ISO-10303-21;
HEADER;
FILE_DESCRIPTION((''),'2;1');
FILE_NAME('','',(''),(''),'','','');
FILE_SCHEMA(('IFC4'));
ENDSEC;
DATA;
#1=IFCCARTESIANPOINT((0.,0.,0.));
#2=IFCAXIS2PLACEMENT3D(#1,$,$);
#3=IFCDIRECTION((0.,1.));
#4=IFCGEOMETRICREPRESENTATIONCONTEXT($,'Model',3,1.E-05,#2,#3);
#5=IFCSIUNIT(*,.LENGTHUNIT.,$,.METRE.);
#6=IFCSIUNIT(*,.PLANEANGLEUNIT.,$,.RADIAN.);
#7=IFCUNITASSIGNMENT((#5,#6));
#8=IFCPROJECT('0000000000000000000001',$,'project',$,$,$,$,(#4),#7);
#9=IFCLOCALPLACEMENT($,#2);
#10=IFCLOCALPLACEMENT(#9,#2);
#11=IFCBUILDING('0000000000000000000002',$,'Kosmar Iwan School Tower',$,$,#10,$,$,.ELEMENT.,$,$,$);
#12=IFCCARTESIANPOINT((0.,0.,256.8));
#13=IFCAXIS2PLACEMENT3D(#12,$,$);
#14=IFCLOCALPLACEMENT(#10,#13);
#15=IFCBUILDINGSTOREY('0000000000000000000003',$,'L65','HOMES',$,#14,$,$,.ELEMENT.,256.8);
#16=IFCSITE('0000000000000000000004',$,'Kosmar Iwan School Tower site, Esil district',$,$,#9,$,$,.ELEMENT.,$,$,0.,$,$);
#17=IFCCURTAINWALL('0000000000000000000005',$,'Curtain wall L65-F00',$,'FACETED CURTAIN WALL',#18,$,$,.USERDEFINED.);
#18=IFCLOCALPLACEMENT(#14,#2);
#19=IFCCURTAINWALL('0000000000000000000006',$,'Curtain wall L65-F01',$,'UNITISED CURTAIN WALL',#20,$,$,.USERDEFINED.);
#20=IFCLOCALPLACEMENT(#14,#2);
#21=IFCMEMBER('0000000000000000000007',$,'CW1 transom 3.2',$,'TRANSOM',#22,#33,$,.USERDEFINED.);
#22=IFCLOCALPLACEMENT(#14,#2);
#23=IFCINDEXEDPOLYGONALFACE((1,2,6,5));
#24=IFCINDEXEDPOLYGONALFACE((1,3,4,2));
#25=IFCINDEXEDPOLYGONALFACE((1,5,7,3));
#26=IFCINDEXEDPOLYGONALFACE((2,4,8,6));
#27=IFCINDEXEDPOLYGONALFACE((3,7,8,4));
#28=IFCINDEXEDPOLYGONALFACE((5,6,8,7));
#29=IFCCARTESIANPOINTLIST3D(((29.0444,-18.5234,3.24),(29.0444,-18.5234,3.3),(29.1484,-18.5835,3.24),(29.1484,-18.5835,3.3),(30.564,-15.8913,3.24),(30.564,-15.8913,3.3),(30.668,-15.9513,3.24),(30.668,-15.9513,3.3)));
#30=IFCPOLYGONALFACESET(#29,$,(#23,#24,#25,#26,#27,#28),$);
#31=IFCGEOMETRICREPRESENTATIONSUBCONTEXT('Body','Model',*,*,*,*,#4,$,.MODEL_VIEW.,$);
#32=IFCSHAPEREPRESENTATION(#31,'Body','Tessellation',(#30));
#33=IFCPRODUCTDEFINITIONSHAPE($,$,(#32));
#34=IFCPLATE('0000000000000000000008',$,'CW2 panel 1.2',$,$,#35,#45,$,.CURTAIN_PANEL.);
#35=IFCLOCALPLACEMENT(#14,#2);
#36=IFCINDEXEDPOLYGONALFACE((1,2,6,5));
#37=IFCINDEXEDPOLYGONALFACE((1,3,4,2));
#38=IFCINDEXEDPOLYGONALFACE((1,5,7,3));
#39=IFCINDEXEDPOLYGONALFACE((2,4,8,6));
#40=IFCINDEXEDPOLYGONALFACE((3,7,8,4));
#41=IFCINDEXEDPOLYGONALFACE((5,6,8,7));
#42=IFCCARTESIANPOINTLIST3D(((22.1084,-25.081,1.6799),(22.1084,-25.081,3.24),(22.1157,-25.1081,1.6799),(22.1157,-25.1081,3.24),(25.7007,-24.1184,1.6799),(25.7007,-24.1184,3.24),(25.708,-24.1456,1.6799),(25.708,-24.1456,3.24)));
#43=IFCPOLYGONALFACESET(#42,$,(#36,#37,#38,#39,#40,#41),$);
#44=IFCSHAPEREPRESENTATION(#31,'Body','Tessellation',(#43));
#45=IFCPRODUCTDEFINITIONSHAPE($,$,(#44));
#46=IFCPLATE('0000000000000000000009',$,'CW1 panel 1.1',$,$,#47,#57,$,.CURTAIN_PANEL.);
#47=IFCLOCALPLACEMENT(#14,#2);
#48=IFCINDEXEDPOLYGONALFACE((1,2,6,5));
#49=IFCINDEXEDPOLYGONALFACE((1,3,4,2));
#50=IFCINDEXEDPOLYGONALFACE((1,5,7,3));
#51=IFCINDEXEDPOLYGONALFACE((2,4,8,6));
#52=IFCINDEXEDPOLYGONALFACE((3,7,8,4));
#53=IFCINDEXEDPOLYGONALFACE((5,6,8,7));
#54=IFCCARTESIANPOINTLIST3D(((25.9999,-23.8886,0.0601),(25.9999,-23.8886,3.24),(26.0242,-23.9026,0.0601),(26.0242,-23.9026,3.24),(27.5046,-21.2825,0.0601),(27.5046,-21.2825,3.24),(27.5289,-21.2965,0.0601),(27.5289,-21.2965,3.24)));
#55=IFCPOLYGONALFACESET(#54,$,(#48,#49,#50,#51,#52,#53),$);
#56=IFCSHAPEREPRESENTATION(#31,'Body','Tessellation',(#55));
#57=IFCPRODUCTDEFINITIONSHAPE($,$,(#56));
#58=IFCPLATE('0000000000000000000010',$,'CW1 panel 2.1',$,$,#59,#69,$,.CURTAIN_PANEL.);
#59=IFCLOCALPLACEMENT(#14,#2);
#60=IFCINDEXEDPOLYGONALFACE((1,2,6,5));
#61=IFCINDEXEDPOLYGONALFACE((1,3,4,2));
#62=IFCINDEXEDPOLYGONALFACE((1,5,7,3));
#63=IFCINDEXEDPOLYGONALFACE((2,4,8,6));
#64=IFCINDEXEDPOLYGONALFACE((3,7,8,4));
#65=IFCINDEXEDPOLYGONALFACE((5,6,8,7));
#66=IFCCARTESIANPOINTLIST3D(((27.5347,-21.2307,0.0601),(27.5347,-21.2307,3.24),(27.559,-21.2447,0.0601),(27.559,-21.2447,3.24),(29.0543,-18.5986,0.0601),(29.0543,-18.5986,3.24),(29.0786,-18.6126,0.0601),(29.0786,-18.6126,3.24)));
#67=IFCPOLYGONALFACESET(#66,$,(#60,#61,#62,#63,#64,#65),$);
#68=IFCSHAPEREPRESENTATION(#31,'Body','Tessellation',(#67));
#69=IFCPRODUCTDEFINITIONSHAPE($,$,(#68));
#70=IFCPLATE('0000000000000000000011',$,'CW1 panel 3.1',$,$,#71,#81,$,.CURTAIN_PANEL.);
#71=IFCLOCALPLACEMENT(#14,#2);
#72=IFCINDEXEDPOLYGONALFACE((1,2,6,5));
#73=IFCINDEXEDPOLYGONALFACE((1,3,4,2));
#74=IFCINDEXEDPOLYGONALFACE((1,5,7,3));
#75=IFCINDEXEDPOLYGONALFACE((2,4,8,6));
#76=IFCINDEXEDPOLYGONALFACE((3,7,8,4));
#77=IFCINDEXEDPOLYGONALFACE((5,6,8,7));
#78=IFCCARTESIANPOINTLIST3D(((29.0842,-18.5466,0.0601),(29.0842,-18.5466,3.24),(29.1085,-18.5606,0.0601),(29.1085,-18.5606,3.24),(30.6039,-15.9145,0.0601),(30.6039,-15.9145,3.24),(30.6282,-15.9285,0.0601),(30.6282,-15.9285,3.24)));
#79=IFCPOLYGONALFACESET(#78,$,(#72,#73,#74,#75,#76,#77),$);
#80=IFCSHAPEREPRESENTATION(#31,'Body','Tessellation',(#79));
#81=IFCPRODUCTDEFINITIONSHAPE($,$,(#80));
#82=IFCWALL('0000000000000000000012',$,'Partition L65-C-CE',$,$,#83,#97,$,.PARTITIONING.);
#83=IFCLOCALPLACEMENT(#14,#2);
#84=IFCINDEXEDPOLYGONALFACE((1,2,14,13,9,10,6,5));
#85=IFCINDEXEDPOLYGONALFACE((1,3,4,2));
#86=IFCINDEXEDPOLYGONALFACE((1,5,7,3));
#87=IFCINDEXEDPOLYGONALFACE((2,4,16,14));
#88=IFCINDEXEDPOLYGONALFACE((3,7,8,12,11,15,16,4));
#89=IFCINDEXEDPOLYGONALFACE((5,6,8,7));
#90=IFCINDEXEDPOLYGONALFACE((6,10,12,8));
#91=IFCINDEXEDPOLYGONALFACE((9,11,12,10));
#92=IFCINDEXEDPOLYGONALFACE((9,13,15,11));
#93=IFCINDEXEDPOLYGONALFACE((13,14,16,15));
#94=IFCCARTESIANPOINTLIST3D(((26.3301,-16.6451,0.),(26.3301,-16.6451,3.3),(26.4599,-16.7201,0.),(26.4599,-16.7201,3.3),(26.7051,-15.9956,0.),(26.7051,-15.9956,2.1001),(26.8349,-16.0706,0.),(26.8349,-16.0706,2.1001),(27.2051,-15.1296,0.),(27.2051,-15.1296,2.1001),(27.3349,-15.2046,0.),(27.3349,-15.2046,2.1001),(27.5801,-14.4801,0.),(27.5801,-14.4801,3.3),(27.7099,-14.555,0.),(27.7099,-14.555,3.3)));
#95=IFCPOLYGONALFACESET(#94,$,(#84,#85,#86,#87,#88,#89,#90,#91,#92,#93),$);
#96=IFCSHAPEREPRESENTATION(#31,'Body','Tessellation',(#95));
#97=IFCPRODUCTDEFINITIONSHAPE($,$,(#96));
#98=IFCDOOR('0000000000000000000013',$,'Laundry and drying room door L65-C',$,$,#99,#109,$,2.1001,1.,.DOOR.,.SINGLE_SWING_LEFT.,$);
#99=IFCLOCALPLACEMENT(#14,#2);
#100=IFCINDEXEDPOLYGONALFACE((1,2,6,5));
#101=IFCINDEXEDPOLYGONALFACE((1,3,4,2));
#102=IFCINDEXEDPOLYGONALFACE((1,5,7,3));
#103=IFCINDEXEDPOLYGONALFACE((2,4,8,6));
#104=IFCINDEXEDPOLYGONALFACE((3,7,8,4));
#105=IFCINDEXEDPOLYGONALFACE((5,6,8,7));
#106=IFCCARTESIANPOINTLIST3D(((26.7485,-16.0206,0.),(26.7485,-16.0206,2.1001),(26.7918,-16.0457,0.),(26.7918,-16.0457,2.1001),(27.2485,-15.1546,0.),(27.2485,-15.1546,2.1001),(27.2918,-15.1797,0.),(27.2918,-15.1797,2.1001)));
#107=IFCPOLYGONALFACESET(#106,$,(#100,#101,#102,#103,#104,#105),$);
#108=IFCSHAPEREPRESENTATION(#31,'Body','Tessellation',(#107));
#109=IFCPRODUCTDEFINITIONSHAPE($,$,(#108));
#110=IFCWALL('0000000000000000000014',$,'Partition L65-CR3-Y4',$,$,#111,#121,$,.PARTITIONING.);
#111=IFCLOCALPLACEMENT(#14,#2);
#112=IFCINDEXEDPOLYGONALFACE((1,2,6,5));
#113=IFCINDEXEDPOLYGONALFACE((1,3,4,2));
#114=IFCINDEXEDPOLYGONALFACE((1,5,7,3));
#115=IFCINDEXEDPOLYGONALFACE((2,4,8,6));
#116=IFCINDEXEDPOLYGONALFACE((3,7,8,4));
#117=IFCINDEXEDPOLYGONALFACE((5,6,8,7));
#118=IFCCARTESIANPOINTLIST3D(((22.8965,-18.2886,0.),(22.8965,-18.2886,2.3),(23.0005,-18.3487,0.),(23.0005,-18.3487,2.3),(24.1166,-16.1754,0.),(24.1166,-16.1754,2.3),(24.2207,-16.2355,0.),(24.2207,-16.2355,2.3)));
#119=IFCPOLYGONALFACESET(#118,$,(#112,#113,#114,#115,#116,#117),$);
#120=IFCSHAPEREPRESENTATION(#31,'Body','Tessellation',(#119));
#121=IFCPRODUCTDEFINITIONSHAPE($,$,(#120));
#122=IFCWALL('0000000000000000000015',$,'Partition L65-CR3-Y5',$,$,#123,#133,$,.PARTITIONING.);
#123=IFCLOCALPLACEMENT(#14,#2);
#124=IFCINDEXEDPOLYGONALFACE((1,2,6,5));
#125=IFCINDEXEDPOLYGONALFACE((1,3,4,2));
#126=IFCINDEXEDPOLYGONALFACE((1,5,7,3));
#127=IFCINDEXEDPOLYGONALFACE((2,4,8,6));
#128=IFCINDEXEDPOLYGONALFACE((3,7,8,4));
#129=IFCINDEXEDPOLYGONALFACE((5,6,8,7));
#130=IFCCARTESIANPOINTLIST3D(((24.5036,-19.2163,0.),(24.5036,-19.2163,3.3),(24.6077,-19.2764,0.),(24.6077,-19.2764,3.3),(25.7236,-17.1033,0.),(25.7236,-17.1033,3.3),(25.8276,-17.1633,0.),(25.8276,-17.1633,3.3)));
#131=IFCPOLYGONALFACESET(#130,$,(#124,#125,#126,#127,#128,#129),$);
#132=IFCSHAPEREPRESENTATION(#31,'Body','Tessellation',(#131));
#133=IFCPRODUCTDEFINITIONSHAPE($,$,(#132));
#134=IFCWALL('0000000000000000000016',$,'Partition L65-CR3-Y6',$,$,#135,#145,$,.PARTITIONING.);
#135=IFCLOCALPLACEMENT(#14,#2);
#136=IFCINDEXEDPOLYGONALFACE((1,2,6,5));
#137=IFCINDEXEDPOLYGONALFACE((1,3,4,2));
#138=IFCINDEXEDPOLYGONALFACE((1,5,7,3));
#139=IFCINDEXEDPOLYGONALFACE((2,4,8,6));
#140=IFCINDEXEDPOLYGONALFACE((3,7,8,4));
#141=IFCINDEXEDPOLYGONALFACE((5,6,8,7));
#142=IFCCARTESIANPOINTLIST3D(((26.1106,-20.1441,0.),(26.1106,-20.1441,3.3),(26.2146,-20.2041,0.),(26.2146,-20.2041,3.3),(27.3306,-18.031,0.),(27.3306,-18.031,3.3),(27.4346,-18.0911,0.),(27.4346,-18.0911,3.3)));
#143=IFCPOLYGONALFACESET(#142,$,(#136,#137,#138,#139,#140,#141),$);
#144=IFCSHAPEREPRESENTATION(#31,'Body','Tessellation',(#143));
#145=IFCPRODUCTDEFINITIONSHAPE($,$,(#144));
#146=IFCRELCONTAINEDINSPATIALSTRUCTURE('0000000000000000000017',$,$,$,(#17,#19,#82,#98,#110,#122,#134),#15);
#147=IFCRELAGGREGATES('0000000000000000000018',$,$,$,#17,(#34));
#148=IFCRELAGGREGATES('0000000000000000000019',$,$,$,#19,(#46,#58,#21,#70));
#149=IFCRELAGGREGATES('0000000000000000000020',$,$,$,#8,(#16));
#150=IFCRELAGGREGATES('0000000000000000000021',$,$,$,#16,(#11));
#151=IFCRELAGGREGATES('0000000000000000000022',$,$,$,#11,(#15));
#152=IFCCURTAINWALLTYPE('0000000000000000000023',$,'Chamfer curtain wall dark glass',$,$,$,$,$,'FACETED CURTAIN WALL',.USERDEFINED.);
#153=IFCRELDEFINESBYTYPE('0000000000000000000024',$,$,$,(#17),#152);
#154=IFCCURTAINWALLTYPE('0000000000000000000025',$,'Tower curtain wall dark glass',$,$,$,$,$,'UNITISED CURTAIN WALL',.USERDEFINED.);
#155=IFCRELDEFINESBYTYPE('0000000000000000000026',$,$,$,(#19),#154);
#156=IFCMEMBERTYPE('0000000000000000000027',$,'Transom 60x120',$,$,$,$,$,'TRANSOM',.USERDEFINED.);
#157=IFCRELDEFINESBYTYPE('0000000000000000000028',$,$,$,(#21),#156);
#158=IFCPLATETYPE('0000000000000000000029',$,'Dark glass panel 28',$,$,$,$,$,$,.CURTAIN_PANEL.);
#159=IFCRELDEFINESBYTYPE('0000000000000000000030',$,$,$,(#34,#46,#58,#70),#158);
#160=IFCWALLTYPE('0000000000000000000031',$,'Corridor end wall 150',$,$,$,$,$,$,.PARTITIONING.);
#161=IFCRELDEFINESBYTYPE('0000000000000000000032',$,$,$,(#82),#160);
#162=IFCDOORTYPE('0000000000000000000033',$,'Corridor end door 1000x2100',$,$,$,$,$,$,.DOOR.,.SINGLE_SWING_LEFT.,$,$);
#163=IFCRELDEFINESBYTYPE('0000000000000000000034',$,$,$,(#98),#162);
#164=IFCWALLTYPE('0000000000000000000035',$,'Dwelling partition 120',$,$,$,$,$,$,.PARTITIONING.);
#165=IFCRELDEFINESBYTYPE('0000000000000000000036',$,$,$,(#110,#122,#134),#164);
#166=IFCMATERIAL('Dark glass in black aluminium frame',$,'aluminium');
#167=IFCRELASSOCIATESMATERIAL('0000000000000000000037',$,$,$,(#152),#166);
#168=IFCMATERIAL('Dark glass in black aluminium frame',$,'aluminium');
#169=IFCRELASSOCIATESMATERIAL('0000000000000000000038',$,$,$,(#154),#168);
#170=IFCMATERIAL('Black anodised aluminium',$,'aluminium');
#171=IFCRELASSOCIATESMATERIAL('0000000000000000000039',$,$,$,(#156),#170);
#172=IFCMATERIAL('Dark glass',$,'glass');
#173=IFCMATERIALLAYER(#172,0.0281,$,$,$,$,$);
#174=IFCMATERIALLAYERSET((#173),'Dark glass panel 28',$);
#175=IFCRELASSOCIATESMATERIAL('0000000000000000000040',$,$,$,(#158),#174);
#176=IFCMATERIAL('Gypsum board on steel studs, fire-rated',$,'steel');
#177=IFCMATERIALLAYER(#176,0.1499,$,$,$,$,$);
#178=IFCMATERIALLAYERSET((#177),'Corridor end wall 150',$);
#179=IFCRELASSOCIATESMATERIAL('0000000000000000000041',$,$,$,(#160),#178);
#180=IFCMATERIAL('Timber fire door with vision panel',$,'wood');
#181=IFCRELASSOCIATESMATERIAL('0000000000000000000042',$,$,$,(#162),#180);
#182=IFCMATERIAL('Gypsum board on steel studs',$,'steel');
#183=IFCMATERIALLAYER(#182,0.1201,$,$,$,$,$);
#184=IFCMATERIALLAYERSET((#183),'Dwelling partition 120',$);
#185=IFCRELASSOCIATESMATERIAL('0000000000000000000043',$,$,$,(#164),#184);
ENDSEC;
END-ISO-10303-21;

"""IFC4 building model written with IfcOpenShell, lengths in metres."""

from ifc_helpers import new_model, si_unit, direction, frame, frame_2d, origin, origin_2d, place, context, subcontext, project, spatial, rectangle, extrude, material, layer, layer_set, material_profile, profile_set, type_object, element, fill, aggregate, save


model = new_model("IFC4")

# Units and contexts
model_context = context("Model", 3, precision=1e-05, world=origin(), true_north=direction((0.0, 1.0)))
body_context = subcontext(model_context, "Body", "Model", "MODEL_VIEW")
ifc_project = project(units=[si_unit("LENGTHUNIT", "METRE"), si_unit("PLANEANGLEUNIT", "RADIAN")], contexts=[model_context])

# Site, building, storey
site_placement = place(None, origin())
site = spatial("IfcSite", under=ifc_project, at=site_placement, Name="Kosmar Iwan School Tower site, Esil district", CompositionType="ELEMENT", RefElevation=0.0)
building_placement = place(site_placement, origin())
building = spatial("IfcBuilding", under=site, at=building_placement, Name="Kosmar Iwan School Tower", CompositionType="ELEMENT")
storey_placement = place(building_placement, frame((0.0, 0.0, 256.8)))
storey = spatial("IfcBuildingStorey", under=building, at=storey_placement, Name="L65", Description="HOMES", CompositionType="ELEMENT", Elevation=256.8)

# Curtain wall
ifc_material_1 = material(Name="Dark glass in black aluminium frame", Category="aluminium")
curtain_wall_type_1 = type_object("IfcCurtainWallType", Name="Chamfer curtain wall dark glass", ElementType="FACETED CURTAIN WALL", PredefinedType="USERDEFINED", material=ifc_material_1)
curtain_wall_1_placement = place(storey_placement, origin())
curtain_wall_1 = element("IfcCurtainWall", 1, at=curtain_wall_1_placement, inside=storey, type_object=curtain_wall_type_1, Name="Curtain wall L65-F00", ObjectType="FACETED CURTAIN WALL", PredefinedType="USERDEFINED")

# Curtain wall, member
ifc_material_2 = material(Name="Dark glass in black aluminium frame", Category="aluminium")
curtain_wall_type_2 = type_object("IfcCurtainWallType", Name="Tower curtain wall dark glass", ElementType="UNITISED CURTAIN WALL", PredefinedType="USERDEFINED", material=ifc_material_2)
curtain_wall_2_placement = place(storey_placement, origin())
curtain_wall_2 = element("IfcCurtainWall", 2, at=curtain_wall_2_placement, inside=storey, type_object=curtain_wall_type_2, Name="Curtain wall L65-F01", ObjectType="UNITISED CURTAIN WALL", PredefinedType="USERDEFINED")
ifc_material_3 = material(Name="Black anodised aluminium", Category="aluminium")
ifc_material_profile_1 = material_profile(ifc_material_3, rectangle(XDim=0.1201, YDim=0.0601, at=origin_2d()), Name="TRANSOM 60x120")
ifc_profile_set_1 = profile_set([ifc_material_profile_1], Name="Black anodised aluminium")
member_type_1 = type_object("IfcMemberType", Name="Transom 60x120", ElementType="TRANSOM", PredefinedType="USERDEFINED", material=ifc_profile_set_1)
member_1_placement = place(storey_placement, frame((29.0964, -18.5535, 3.27), z_axis=(0.499975, 0.86604, 0.0), x_axis=(-0.86604, 0.499975, 0.0)))
member_1 = element("IfcMember", 3, at=member_1_placement, type_object=member_type_1, Name="CW1 transom 3.2", ObjectType="TRANSOM", PredefinedType="USERDEFINED", context=body_context, shape_type="SweptSolid", body=[
    extrude(rectangle(XDim=0.1201, YDim=0.0601, at=origin_2d()), origin(), (0.0, 0.0, 1.0), 3.0393),
])

# Plates
ifc_material_4 = material(Name="Dark glass", Category="glass")
ifc_layer_1 = layer(ifc_material_4, 0.0281)
ifc_layer_set_1 = layer_set([ifc_layer_1], Name="Dark glass panel 28")
plate_type = type_object("IfcPlateType", Name="Dark glass panel 28", PredefinedType="CURTAIN_PANEL", material=ifc_layer_set_1)
plate_1_placement = place(storey_placement, frame((23.9082, -24.6133, 1.6799), z_axis=(0.0, 0.0, 1.0), x_axis=(0.965926, 0.258819, 0.0)))
plate_1 = element("IfcPlate", 4, at=plate_1_placement, type_object=plate_type, Name="CW2 panel 1.2", PredefinedType="CURTAIN_PANEL", context=body_context, shape_type="SweptSolid", body=[
    extrude(rectangle(XDim=3.719, YDim=0.0281, at=origin_2d()), origin(), (0.0, 0.0, 1.0), 1.5601),
])
aggregate(curtain_wall_1, [plate_1])
plate_2_placement = place(storey_placement, frame((26.7644, -22.5925, 0.0601), z_axis=(0.0, 0.0, 1.0), x_axis=(0.5, 0.866025, 0.0)))
plate_2 = element("IfcPlate", 5, at=plate_2_placement, type_object=plate_type, Name="CW1 panel 1.1", PredefinedType="CURTAIN_PANEL", context=body_context, shape_type="SweptSolid", body=[
    extrude(rectangle(XDim=3.0093, YDim=0.0281, at=origin_2d()), origin(), (0.0, 0.0, 1.0), 3.1799),
])
plate_3_placement = place(storey_placement, frame((28.3066, -19.9216, 0.0601), z_axis=(0.0, 0.0, 1.0), x_axis=(0.5, 0.866025, 0.0)))
plate_3 = element("IfcPlate", 6, at=plate_3_placement, type_object=plate_type, Name="CW1 panel 2.1", PredefinedType="CURTAIN_PANEL", context=body_context, shape_type="SweptSolid", body=[
    extrude(rectangle(XDim=3.0393, YDim=0.0281, at=origin_2d()), origin(), (0.0, 0.0, 1.0), 3.1799),
])
plate_4_placement = place(storey_placement, frame((29.8562, -17.2375, 0.0601), z_axis=(0.0, 0.0, 1.0), x_axis=(0.5, 0.866025, 0.0)))
plate_4 = element("IfcPlate", 7, at=plate_4_placement, type_object=plate_type, Name="CW1 panel 3.1", PredefinedType="CURTAIN_PANEL", context=body_context, shape_type="SweptSolid", body=[
    extrude(rectangle(XDim=3.0393, YDim=0.0281, at=origin_2d()), origin(), (0.0, 0.0, 1.0), 3.1799),
])
aggregate(curtain_wall_2, [plate_2, plate_3, member_1, plate_4])

# Wall, opening, door
ifc_material_5 = material(Name="Gypsum board on steel studs, fire-rated", Category="steel")
ifc_layer_2 = layer(ifc_material_5, 0.1499)
ifc_layer_set_2 = layer_set([ifc_layer_2], Name="Corridor end wall 150")
wall_type_1 = type_object("IfcWallType", Name="Corridor end wall 150", PredefinedType="PARTITIONING", material=ifc_layer_set_2)
wall_1_placement = place(storey_placement, frame((26.395, -16.6826, 0.0), z_axis=(0.0, 0.0, 1.0), x_axis=(0.500004, 0.866023, 0.0)))
wall_1 = element("IfcWall", 8, at=wall_1_placement, inside=storey, type_object=wall_type_1, Name="Partition L65-C-CE", PredefinedType="PARTITIONING", context=body_context, shape_type="SweptSolid", body=[
    extrude(rectangle(XDim=2.5, YDim=0.1499, at=frame_2d((1.25, 0.0))), origin(), (0.0, 0.0, 1.0), 3.3),
])
opening_placement = place(wall_1_placement, frame((0.75, 0.0, 0.0)))
opening = element("IfcOpeningElement", 9, at=opening_placement, cuts=wall_1, PredefinedType="OPENING", context=body_context, shape_type="SweptSolid", body=[
    extrude(rectangle(XDim=1.0, YDim=2.1001, at=frame_2d((0.5, 1.05))), frame((0.0, 0.0869, 0.0), z_axis=(0.0, -1.0, 0.0), x_axis=(1.0, 0.0, 0.0)), (0.0, 0.0, 1.0), 0.1738),
])
ifc_material_6 = material(Name="Timber fire door with vision panel", Category="wood")
door_type = type_object("IfcDoorType", Name="Corridor end door 1000x2100", OperationType="SINGLE_SWING_LEFT", PredefinedType="DOOR", material=ifc_material_6)
door_placement = place(opening_placement, origin())
door = element("IfcDoor", 10, at=door_placement, inside=storey, type_object=door_type, Name="Laundry and drying room door L65-C", OperationType="SINGLE_SWING_LEFT", OverallHeight=2.1001, OverallWidth=1.0, PredefinedType="DOOR", context=body_context, shape_type="SweptSolid", body=[
    extrude(rectangle(XDim=1.0, YDim=2.1001, at=frame_2d((0.5, 1.05))), frame((0.0, 0.0249, 0.0), z_axis=(0.0, -1.0, 0.0), x_axis=(1.0, 0.0, 0.0)), (0.0, 0.0, 1.0), 0.05),
])
fill(opening, door)

# Walls
ifc_material_7 = material(Name="Gypsum board on steel studs", Category="steel")
ifc_layer_3 = layer(ifc_material_7, 0.1201)
ifc_layer_set_3 = layer_set([ifc_layer_3], Name="Dwelling partition 120")
wall_type_2 = type_object("IfcWallType", Name="Dwelling partition 120", PredefinedType="PARTITIONING", material=ifc_layer_set_3)
wall_2_placement = place(storey_placement, frame((24.1687, -16.2053, 0.0), z_axis=(0.0, 0.0, 1.0), x_axis=(-0.500034, -0.866006, 0.0)))
element("IfcWall", 11, at=wall_2_placement, inside=storey, type_object=wall_type_2, Name="Partition L65-CR3-Y4", PredefinedType="PARTITIONING", context=body_context, shape_type="SweptSolid", body=[
    extrude(rectangle(XDim=2.4402, YDim=0.1201, at=frame_2d((1.2202, 0.0))), origin(), (0.0, 0.0, 1.0), 2.3),
])
for number, where, z_axis, x_axis, name in (
    (12, (25.7756, -17.1333, 0.0), (0.0, 0.0, 1.0), (-0.500003, -0.866024, 0.0), "Partition L65-CR3-Y5"),
    (13, (27.3826, -18.061, 0.0), (0.0, 0.0, 1.0), (-0.500003, -0.866024, 0.0), "Partition L65-CR3-Y6"),
):
    element("IfcWall", number, at=place(storey_placement, frame(where, z_axis=z_axis, x_axis=x_axis)), inside=storey, type_object=wall_type_2, Name=name, PredefinedType="PARTITIONING", context=body_context, shape_type="SweptSolid", body=[
        extrude(rectangle(XDim=2.4399, YDim=0.1201, at=frame_2d((1.22, 0.0))), origin(), (0.0, 0.0, 1.0), 3.3),
    ])

save(model, "model.ifc")
